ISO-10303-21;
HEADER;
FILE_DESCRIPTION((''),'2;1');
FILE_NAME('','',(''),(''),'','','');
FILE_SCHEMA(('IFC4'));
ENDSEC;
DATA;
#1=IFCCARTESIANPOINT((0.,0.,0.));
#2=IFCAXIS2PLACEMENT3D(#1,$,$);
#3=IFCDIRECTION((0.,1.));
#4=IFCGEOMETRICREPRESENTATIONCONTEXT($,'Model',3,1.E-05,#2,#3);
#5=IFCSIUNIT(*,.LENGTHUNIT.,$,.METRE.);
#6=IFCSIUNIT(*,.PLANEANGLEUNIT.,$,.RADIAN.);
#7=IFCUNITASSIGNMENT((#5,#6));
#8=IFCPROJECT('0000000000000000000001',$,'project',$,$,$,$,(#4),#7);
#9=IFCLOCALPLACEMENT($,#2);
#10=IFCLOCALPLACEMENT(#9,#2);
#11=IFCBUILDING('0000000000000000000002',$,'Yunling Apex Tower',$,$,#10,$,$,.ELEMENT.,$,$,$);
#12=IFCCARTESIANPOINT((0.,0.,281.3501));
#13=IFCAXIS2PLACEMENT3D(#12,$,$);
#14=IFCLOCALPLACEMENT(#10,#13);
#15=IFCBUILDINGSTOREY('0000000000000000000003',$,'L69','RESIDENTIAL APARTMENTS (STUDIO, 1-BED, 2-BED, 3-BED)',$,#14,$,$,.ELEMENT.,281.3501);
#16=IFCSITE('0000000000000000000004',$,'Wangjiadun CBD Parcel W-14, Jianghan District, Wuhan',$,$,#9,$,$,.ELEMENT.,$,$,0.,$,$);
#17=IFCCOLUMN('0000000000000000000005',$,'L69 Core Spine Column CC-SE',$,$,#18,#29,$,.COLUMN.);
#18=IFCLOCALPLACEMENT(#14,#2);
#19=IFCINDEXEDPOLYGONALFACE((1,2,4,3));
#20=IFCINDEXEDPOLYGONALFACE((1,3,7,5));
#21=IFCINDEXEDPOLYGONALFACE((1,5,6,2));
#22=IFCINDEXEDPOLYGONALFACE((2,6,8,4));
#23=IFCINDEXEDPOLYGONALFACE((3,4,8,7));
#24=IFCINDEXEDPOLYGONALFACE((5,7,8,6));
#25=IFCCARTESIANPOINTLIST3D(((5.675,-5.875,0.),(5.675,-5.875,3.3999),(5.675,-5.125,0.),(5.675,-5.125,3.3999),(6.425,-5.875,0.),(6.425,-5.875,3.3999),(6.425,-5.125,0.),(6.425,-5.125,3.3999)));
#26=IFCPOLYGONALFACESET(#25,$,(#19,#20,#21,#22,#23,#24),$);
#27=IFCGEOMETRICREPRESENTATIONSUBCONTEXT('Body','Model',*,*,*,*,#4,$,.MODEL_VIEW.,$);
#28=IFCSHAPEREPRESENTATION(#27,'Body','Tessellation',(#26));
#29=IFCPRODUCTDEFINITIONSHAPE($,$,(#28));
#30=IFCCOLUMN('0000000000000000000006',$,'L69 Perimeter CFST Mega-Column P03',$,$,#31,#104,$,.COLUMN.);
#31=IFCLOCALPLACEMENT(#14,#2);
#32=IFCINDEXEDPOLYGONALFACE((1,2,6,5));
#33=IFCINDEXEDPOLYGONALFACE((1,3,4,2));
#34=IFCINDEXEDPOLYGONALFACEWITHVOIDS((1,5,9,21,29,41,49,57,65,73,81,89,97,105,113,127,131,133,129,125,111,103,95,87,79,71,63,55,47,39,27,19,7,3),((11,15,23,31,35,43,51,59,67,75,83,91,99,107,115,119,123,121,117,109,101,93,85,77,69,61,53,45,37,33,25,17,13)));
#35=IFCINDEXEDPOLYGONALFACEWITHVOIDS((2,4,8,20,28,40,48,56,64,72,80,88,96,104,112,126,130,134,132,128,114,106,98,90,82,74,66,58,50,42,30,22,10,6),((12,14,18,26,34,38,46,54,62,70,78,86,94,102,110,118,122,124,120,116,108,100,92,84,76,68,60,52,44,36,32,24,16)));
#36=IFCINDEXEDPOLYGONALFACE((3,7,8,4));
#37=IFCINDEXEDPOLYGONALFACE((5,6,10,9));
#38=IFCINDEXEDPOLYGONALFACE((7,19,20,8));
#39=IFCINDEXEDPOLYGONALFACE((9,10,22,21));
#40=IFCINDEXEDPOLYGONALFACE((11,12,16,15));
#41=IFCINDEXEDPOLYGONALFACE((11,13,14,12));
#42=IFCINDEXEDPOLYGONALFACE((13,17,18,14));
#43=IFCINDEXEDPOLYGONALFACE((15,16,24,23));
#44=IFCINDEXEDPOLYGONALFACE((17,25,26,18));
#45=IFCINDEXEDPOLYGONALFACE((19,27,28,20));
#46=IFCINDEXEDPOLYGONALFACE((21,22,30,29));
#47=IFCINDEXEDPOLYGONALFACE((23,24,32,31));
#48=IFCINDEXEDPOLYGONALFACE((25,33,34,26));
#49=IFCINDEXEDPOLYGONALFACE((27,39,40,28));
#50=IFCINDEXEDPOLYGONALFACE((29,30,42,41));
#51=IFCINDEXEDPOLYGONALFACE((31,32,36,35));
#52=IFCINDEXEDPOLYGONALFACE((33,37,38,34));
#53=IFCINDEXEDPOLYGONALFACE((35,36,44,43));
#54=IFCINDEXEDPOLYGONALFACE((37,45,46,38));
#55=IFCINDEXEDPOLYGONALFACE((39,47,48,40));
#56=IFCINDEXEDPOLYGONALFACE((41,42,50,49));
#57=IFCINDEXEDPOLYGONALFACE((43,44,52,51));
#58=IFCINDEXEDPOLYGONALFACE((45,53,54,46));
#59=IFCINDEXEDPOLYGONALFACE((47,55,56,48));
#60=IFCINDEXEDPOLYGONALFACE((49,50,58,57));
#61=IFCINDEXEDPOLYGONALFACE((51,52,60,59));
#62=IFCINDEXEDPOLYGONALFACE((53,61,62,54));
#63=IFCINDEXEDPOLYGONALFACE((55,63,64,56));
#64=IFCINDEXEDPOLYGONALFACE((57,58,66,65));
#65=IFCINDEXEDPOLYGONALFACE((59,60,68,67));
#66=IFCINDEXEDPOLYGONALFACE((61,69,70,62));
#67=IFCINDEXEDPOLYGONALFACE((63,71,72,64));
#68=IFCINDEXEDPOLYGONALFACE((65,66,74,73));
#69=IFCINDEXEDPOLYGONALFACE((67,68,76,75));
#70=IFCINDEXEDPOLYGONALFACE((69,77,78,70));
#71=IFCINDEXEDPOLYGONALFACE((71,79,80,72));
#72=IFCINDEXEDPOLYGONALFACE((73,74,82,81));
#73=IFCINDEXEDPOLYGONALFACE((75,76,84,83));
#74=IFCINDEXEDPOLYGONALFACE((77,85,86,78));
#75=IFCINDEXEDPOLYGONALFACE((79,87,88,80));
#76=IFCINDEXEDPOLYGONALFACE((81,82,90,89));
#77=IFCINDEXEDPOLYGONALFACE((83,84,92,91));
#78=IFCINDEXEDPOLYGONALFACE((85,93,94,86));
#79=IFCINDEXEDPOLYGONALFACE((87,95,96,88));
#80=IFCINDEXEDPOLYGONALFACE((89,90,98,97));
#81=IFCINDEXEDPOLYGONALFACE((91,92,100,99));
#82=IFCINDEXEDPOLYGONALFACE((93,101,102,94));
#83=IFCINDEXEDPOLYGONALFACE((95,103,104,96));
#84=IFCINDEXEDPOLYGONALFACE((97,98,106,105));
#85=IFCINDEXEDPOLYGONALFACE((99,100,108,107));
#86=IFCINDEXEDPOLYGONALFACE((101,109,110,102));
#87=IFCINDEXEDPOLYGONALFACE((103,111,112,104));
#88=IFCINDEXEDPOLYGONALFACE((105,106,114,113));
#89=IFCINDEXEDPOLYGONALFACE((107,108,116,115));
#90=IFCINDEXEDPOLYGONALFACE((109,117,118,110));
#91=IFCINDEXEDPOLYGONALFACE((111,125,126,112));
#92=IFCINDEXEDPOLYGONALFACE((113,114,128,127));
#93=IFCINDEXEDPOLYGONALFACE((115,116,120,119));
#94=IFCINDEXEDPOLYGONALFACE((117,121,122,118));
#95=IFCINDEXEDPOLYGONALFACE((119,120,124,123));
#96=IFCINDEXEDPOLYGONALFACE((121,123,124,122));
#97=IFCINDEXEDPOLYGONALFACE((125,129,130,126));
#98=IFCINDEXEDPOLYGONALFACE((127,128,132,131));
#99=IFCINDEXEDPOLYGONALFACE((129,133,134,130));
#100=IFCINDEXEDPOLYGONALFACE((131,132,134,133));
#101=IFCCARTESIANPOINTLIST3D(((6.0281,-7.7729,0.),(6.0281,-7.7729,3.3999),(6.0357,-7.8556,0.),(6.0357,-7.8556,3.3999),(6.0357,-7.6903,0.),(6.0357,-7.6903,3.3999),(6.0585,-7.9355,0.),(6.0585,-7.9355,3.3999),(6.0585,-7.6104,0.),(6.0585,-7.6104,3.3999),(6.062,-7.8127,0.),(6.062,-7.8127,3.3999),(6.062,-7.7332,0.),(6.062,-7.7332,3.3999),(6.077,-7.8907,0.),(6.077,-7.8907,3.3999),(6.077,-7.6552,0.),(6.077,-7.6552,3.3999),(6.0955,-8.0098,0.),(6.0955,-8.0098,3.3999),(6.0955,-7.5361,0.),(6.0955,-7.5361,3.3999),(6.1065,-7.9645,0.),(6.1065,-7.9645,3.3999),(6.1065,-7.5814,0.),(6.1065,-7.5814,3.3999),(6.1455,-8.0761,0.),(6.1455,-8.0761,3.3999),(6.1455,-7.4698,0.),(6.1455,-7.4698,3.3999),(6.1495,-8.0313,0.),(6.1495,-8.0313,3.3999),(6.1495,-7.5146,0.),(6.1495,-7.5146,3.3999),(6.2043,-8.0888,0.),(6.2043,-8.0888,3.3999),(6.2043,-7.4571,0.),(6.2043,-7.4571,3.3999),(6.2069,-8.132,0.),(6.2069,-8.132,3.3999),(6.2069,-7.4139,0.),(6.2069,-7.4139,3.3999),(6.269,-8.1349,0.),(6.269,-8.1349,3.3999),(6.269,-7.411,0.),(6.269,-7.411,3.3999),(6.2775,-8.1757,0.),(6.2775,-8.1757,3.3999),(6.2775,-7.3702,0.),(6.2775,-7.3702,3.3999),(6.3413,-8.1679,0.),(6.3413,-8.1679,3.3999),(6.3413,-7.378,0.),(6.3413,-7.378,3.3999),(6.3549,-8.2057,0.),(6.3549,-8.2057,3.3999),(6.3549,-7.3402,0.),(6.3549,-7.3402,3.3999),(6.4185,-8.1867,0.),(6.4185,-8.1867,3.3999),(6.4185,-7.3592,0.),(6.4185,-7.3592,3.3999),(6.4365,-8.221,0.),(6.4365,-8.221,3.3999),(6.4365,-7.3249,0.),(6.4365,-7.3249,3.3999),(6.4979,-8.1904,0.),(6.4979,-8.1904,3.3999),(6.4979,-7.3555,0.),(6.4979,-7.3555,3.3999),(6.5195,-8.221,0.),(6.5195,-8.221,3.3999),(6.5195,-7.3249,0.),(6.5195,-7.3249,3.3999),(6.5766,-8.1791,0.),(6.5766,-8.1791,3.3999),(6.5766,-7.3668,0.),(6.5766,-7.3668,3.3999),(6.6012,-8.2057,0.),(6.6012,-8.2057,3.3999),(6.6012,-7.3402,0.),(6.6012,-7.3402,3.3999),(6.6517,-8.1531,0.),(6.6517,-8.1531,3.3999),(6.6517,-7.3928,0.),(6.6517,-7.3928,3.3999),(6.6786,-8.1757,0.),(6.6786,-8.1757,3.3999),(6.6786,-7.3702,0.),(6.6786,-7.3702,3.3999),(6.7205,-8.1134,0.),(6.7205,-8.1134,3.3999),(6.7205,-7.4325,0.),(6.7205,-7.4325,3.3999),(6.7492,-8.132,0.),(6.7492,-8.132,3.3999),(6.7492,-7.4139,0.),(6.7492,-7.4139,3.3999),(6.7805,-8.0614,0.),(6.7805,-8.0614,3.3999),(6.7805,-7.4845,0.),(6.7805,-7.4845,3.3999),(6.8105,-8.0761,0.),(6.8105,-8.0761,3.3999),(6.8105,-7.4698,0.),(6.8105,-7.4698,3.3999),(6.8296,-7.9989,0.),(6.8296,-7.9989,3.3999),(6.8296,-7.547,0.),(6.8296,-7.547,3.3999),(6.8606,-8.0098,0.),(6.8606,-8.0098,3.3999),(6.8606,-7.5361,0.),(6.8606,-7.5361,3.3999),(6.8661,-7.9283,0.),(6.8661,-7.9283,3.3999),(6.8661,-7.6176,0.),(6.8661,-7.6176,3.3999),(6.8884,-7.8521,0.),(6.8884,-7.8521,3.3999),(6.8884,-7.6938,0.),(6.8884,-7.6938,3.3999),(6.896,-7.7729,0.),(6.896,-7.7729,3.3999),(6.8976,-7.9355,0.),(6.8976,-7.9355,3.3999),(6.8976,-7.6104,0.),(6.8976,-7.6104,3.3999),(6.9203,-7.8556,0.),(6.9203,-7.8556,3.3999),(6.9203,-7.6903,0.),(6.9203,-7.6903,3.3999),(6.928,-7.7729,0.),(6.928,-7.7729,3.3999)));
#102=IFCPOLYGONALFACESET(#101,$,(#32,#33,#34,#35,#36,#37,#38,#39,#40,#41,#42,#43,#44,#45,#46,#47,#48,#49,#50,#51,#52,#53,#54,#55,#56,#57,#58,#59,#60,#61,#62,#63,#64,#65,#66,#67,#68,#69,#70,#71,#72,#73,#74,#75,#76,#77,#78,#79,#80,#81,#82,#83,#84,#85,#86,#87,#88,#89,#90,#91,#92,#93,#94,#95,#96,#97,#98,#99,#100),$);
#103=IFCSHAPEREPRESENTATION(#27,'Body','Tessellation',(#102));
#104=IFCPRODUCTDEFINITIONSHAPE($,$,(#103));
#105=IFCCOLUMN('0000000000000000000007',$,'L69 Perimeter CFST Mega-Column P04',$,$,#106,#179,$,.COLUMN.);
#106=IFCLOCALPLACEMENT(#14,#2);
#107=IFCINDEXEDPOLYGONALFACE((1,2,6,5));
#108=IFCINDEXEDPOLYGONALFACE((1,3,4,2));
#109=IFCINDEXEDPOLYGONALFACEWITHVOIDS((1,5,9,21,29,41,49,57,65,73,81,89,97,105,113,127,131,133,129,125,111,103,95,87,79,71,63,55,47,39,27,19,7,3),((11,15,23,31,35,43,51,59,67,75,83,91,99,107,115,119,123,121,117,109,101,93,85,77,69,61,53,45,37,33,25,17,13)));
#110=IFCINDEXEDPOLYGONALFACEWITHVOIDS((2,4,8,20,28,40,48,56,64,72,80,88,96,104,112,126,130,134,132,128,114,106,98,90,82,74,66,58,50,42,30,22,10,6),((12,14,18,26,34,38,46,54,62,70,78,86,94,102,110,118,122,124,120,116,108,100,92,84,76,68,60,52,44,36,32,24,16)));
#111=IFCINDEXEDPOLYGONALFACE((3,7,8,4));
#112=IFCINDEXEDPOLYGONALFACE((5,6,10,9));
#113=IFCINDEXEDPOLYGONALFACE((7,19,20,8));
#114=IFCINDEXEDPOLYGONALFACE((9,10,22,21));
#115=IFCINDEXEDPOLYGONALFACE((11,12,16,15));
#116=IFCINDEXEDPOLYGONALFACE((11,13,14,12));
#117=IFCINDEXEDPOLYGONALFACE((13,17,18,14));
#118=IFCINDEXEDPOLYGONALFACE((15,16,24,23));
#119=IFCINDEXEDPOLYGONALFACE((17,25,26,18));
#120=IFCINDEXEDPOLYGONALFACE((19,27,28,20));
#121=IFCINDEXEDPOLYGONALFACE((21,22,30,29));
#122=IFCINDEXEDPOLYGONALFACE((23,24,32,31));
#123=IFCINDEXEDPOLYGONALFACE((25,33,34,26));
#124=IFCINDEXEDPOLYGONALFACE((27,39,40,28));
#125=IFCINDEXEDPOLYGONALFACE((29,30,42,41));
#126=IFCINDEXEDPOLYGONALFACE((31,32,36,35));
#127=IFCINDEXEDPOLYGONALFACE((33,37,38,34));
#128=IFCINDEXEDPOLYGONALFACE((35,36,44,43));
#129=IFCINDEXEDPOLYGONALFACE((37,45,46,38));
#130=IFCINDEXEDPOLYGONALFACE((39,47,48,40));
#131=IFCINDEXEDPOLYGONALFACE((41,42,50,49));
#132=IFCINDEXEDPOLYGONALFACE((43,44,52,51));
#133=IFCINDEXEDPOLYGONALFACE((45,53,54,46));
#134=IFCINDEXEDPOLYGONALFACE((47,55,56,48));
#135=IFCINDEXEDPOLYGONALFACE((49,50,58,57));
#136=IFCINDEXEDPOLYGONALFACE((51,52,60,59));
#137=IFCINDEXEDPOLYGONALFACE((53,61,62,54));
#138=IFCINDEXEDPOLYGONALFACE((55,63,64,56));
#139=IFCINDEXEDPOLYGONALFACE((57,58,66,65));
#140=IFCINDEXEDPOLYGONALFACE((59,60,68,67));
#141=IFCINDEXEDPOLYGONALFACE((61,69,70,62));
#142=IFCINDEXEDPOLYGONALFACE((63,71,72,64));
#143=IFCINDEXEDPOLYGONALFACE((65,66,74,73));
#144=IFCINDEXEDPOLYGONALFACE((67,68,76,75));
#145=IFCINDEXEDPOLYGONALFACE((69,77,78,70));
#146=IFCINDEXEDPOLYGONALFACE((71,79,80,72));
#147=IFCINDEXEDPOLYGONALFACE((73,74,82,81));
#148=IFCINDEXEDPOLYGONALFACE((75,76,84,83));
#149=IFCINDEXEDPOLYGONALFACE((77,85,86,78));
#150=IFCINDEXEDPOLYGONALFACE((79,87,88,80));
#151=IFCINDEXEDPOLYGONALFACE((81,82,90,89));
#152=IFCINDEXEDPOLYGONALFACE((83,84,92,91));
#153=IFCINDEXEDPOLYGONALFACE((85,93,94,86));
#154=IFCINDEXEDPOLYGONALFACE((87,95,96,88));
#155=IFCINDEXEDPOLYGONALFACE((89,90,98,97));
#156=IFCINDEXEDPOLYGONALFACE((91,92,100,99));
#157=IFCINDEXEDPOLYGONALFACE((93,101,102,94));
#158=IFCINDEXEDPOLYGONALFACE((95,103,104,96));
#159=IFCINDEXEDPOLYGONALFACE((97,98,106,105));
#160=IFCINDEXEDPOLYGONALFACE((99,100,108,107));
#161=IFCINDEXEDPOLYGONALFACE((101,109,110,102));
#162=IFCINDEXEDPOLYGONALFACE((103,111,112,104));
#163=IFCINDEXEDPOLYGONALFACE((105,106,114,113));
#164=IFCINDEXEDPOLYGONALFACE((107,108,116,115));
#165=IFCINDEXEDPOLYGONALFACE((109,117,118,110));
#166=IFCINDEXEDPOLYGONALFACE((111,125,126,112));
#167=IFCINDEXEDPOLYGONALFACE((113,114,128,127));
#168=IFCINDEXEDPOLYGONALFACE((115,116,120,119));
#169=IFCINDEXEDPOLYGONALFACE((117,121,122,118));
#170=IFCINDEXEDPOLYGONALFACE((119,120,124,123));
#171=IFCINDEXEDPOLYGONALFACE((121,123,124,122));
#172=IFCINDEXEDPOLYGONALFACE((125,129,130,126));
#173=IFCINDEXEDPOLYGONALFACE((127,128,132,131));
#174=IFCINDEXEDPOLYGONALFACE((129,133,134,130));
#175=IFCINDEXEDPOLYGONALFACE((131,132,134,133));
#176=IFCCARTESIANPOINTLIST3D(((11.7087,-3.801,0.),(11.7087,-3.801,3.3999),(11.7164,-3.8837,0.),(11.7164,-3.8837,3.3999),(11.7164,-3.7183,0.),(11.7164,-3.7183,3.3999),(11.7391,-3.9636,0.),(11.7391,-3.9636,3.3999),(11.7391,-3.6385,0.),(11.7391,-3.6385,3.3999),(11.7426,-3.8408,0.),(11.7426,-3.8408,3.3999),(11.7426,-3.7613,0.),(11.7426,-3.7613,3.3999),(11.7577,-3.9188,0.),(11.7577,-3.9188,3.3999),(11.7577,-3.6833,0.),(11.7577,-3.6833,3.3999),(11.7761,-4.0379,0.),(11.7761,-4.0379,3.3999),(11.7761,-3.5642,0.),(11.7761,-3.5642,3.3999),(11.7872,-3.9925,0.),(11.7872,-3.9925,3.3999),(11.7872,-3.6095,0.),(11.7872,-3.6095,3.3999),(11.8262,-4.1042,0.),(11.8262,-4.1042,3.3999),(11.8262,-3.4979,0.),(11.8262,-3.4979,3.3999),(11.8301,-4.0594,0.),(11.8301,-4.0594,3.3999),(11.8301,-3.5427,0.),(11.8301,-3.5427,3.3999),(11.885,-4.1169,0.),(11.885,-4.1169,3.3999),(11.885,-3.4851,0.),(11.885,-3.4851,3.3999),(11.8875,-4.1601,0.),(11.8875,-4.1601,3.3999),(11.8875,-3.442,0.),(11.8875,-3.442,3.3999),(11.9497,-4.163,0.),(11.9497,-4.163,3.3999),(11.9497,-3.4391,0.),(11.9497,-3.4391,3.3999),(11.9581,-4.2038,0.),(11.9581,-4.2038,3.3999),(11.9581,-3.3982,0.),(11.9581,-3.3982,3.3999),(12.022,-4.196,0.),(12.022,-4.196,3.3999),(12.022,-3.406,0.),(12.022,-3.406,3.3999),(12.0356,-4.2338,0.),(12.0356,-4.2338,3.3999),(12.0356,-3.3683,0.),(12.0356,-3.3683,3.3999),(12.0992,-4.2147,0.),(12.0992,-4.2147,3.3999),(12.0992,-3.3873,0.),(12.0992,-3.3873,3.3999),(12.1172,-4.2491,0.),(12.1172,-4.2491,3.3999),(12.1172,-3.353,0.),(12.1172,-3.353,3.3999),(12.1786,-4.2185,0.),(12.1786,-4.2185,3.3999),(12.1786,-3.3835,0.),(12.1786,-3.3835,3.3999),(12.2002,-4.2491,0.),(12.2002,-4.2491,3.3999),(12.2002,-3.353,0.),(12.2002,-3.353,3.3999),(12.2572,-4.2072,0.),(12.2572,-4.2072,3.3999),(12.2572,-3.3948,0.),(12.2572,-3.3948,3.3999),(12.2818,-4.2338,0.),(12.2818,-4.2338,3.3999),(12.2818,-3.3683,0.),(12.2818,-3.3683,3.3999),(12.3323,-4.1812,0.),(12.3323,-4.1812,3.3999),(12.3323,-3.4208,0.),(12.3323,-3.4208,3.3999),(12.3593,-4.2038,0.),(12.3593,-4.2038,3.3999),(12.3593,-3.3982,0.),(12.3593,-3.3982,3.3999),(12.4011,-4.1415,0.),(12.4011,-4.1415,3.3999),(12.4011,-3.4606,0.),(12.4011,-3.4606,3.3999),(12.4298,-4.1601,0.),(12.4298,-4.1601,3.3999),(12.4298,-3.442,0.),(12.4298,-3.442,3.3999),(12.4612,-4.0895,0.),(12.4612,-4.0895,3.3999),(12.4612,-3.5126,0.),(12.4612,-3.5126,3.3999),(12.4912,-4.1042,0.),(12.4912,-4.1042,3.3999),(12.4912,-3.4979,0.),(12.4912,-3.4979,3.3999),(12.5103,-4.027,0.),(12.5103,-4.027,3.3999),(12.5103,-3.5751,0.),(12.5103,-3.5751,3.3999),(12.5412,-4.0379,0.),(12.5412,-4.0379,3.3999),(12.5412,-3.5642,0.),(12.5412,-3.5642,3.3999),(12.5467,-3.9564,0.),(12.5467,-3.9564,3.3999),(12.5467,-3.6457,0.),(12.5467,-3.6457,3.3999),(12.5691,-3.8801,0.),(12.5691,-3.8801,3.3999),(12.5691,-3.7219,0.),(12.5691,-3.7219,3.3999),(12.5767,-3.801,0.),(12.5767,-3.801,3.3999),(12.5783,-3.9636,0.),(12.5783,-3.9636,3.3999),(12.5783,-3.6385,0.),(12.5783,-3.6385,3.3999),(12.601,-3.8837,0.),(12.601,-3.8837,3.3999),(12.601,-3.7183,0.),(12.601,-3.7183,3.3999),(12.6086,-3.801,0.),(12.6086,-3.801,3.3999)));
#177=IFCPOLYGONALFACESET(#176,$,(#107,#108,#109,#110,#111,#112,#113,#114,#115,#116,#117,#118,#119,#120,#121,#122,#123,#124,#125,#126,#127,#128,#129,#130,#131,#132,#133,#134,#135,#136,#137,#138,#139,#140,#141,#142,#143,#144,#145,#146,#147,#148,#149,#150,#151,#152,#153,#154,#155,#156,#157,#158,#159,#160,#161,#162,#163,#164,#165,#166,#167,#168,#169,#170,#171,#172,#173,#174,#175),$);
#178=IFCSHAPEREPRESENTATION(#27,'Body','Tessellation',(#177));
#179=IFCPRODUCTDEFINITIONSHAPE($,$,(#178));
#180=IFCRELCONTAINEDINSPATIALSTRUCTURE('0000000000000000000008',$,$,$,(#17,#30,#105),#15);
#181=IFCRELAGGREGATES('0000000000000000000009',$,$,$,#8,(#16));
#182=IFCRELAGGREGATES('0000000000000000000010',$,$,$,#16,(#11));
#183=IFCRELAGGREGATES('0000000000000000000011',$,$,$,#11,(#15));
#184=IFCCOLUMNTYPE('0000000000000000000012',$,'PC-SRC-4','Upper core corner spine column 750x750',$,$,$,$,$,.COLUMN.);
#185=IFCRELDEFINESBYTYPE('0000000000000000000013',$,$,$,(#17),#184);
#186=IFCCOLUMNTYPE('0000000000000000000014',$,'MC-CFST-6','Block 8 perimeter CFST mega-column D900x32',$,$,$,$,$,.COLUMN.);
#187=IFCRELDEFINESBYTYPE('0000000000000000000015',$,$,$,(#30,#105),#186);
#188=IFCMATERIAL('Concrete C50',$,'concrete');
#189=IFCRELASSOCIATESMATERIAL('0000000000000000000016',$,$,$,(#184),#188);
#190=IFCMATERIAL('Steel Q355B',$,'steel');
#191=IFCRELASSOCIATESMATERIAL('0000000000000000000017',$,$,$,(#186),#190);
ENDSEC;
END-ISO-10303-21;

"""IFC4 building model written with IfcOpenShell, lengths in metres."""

from ifc_helpers import new_model, si_unit, direction, frame, origin, origin_2d, place, context, subcontext, project, spatial, rectangle, hollow_circle, extrude, source, transform, mapped, material, material_profile, profile_set, type_object, element, save


model = new_model("IFC4")

# Units and contexts
model_context = context("Model", 3, precision=1e-05, world=origin(), true_north=direction((0.0, 1.0)))
body_context = subcontext(model_context, "Body", "Model", "MODEL_VIEW")
ifc_project = project(units=[si_unit("LENGTHUNIT", "METRE"), si_unit("PLANEANGLEUNIT", "RADIAN")], contexts=[model_context])

# Site, building, storey
site_placement = place(None, origin())
site = spatial("IfcSite", under=ifc_project, at=site_placement, Name="Wangjiadun CBD Parcel W-14, Jianghan District, Wuhan", CompositionType="ELEMENT", RefElevation=0.0)
building_placement = place(site_placement, origin())
building = spatial("IfcBuilding", under=site, at=building_placement, Name="Yunling Apex Tower", CompositionType="ELEMENT")
storey_placement = place(building_placement, frame((0.0, 0.0, 281.3501)))
storey = spatial("IfcBuildingStorey", under=building, at=storey_placement, Name="L69", Description="RESIDENTIAL APARTMENTS (STUDIO, 1-BED, 2-BED, 3-BED)", CompositionType="ELEMENT", Elevation=281.3501)

# Columns
ifc_material_1 = material(Name="Concrete C50", Category="concrete")
ifc_material_profile_1 = material_profile(ifc_material_1, rectangle(XDim=0.75, YDim=0.75, at=origin_2d()))
ifc_profile_set_1 = profile_set([ifc_material_profile_1], Name="Concrete C50")
column_type_1 = type_object("IfcColumnType", Name="PC-SRC-4", Description="Upper core corner spine column 750x750", PredefinedType="COLUMN", material=ifc_profile_set_1)
shared_shape_1 = source(origin(), body_context, "Body", "SweptSolid", [
    extrude(rectangle(XDim=0.75, YDim=0.75, at=origin_2d()), origin(), (0.0, 0.0, 1.0), 3.3999),
])
column_placement = place(storey_placement, frame((6.05, -5.5, 0.0), z_axis=(0.0, 0.0, 1.0), x_axis=(1.0, 0.0, 0.0)))
element("IfcColumn", 1, at=column_placement, inside=storey, type_object=column_type_1, Name="L69 Core Spine Column CC-SE", PredefinedType="COLUMN", context=body_context, shape_type="MappedRepresentation", body=[
    mapped(shared_shape_1, transform((0.0, 0.0, 0.0), scale=1.0)),
])
ifc_material_2 = material(Name="Steel Q355B", Category="steel")
ifc_material_profile_2 = material_profile(ifc_material_2, hollow_circle(Radius=0.45, WallThickness=0.032, at=origin_2d()))
ifc_profile_set_2 = profile_set([ifc_material_profile_2], Name="Steel Q355B")
column_type_2 = type_object("IfcColumnType", Name="MC-CFST-6", Description="Block 8 perimeter CFST mega-column D900x32", PredefinedType="COLUMN", material=ifc_profile_set_2)
shared_shape_2 = source(origin(), body_context, "Body", "SweptSolid", [
    extrude(hollow_circle(Radius=0.45, WallThickness=0.032, at=origin_2d()), origin(), (0.0, 0.0, 1.0), 3.3999),
])
for number, where, z_axis, x_axis, name in (
    (2, (6.478, -7.7729, 0.0), (0.0, 0.0, 1.0), (1.0, 0.0, 0.0), "L69 Perimeter CFST Mega-Column P03"),
    (3, (12.1587, -3.801, 0.0), (0.0, 0.0, 1.0), (1.0, 0.0, 0.0), "L69 Perimeter CFST Mega-Column P04"),
):
    element("IfcColumn", number, at=place(storey_placement, frame(where, z_axis=z_axis, x_axis=x_axis)), inside=storey, type_object=column_type_2, Name=name, PredefinedType="COLUMN", context=body_context, shape_type="MappedRepresentation", body=[
        mapped(shared_shape_2, transform((0.0, 0.0, 0.0), scale=1.0)),
    ])

save(model, "model.ifc")
